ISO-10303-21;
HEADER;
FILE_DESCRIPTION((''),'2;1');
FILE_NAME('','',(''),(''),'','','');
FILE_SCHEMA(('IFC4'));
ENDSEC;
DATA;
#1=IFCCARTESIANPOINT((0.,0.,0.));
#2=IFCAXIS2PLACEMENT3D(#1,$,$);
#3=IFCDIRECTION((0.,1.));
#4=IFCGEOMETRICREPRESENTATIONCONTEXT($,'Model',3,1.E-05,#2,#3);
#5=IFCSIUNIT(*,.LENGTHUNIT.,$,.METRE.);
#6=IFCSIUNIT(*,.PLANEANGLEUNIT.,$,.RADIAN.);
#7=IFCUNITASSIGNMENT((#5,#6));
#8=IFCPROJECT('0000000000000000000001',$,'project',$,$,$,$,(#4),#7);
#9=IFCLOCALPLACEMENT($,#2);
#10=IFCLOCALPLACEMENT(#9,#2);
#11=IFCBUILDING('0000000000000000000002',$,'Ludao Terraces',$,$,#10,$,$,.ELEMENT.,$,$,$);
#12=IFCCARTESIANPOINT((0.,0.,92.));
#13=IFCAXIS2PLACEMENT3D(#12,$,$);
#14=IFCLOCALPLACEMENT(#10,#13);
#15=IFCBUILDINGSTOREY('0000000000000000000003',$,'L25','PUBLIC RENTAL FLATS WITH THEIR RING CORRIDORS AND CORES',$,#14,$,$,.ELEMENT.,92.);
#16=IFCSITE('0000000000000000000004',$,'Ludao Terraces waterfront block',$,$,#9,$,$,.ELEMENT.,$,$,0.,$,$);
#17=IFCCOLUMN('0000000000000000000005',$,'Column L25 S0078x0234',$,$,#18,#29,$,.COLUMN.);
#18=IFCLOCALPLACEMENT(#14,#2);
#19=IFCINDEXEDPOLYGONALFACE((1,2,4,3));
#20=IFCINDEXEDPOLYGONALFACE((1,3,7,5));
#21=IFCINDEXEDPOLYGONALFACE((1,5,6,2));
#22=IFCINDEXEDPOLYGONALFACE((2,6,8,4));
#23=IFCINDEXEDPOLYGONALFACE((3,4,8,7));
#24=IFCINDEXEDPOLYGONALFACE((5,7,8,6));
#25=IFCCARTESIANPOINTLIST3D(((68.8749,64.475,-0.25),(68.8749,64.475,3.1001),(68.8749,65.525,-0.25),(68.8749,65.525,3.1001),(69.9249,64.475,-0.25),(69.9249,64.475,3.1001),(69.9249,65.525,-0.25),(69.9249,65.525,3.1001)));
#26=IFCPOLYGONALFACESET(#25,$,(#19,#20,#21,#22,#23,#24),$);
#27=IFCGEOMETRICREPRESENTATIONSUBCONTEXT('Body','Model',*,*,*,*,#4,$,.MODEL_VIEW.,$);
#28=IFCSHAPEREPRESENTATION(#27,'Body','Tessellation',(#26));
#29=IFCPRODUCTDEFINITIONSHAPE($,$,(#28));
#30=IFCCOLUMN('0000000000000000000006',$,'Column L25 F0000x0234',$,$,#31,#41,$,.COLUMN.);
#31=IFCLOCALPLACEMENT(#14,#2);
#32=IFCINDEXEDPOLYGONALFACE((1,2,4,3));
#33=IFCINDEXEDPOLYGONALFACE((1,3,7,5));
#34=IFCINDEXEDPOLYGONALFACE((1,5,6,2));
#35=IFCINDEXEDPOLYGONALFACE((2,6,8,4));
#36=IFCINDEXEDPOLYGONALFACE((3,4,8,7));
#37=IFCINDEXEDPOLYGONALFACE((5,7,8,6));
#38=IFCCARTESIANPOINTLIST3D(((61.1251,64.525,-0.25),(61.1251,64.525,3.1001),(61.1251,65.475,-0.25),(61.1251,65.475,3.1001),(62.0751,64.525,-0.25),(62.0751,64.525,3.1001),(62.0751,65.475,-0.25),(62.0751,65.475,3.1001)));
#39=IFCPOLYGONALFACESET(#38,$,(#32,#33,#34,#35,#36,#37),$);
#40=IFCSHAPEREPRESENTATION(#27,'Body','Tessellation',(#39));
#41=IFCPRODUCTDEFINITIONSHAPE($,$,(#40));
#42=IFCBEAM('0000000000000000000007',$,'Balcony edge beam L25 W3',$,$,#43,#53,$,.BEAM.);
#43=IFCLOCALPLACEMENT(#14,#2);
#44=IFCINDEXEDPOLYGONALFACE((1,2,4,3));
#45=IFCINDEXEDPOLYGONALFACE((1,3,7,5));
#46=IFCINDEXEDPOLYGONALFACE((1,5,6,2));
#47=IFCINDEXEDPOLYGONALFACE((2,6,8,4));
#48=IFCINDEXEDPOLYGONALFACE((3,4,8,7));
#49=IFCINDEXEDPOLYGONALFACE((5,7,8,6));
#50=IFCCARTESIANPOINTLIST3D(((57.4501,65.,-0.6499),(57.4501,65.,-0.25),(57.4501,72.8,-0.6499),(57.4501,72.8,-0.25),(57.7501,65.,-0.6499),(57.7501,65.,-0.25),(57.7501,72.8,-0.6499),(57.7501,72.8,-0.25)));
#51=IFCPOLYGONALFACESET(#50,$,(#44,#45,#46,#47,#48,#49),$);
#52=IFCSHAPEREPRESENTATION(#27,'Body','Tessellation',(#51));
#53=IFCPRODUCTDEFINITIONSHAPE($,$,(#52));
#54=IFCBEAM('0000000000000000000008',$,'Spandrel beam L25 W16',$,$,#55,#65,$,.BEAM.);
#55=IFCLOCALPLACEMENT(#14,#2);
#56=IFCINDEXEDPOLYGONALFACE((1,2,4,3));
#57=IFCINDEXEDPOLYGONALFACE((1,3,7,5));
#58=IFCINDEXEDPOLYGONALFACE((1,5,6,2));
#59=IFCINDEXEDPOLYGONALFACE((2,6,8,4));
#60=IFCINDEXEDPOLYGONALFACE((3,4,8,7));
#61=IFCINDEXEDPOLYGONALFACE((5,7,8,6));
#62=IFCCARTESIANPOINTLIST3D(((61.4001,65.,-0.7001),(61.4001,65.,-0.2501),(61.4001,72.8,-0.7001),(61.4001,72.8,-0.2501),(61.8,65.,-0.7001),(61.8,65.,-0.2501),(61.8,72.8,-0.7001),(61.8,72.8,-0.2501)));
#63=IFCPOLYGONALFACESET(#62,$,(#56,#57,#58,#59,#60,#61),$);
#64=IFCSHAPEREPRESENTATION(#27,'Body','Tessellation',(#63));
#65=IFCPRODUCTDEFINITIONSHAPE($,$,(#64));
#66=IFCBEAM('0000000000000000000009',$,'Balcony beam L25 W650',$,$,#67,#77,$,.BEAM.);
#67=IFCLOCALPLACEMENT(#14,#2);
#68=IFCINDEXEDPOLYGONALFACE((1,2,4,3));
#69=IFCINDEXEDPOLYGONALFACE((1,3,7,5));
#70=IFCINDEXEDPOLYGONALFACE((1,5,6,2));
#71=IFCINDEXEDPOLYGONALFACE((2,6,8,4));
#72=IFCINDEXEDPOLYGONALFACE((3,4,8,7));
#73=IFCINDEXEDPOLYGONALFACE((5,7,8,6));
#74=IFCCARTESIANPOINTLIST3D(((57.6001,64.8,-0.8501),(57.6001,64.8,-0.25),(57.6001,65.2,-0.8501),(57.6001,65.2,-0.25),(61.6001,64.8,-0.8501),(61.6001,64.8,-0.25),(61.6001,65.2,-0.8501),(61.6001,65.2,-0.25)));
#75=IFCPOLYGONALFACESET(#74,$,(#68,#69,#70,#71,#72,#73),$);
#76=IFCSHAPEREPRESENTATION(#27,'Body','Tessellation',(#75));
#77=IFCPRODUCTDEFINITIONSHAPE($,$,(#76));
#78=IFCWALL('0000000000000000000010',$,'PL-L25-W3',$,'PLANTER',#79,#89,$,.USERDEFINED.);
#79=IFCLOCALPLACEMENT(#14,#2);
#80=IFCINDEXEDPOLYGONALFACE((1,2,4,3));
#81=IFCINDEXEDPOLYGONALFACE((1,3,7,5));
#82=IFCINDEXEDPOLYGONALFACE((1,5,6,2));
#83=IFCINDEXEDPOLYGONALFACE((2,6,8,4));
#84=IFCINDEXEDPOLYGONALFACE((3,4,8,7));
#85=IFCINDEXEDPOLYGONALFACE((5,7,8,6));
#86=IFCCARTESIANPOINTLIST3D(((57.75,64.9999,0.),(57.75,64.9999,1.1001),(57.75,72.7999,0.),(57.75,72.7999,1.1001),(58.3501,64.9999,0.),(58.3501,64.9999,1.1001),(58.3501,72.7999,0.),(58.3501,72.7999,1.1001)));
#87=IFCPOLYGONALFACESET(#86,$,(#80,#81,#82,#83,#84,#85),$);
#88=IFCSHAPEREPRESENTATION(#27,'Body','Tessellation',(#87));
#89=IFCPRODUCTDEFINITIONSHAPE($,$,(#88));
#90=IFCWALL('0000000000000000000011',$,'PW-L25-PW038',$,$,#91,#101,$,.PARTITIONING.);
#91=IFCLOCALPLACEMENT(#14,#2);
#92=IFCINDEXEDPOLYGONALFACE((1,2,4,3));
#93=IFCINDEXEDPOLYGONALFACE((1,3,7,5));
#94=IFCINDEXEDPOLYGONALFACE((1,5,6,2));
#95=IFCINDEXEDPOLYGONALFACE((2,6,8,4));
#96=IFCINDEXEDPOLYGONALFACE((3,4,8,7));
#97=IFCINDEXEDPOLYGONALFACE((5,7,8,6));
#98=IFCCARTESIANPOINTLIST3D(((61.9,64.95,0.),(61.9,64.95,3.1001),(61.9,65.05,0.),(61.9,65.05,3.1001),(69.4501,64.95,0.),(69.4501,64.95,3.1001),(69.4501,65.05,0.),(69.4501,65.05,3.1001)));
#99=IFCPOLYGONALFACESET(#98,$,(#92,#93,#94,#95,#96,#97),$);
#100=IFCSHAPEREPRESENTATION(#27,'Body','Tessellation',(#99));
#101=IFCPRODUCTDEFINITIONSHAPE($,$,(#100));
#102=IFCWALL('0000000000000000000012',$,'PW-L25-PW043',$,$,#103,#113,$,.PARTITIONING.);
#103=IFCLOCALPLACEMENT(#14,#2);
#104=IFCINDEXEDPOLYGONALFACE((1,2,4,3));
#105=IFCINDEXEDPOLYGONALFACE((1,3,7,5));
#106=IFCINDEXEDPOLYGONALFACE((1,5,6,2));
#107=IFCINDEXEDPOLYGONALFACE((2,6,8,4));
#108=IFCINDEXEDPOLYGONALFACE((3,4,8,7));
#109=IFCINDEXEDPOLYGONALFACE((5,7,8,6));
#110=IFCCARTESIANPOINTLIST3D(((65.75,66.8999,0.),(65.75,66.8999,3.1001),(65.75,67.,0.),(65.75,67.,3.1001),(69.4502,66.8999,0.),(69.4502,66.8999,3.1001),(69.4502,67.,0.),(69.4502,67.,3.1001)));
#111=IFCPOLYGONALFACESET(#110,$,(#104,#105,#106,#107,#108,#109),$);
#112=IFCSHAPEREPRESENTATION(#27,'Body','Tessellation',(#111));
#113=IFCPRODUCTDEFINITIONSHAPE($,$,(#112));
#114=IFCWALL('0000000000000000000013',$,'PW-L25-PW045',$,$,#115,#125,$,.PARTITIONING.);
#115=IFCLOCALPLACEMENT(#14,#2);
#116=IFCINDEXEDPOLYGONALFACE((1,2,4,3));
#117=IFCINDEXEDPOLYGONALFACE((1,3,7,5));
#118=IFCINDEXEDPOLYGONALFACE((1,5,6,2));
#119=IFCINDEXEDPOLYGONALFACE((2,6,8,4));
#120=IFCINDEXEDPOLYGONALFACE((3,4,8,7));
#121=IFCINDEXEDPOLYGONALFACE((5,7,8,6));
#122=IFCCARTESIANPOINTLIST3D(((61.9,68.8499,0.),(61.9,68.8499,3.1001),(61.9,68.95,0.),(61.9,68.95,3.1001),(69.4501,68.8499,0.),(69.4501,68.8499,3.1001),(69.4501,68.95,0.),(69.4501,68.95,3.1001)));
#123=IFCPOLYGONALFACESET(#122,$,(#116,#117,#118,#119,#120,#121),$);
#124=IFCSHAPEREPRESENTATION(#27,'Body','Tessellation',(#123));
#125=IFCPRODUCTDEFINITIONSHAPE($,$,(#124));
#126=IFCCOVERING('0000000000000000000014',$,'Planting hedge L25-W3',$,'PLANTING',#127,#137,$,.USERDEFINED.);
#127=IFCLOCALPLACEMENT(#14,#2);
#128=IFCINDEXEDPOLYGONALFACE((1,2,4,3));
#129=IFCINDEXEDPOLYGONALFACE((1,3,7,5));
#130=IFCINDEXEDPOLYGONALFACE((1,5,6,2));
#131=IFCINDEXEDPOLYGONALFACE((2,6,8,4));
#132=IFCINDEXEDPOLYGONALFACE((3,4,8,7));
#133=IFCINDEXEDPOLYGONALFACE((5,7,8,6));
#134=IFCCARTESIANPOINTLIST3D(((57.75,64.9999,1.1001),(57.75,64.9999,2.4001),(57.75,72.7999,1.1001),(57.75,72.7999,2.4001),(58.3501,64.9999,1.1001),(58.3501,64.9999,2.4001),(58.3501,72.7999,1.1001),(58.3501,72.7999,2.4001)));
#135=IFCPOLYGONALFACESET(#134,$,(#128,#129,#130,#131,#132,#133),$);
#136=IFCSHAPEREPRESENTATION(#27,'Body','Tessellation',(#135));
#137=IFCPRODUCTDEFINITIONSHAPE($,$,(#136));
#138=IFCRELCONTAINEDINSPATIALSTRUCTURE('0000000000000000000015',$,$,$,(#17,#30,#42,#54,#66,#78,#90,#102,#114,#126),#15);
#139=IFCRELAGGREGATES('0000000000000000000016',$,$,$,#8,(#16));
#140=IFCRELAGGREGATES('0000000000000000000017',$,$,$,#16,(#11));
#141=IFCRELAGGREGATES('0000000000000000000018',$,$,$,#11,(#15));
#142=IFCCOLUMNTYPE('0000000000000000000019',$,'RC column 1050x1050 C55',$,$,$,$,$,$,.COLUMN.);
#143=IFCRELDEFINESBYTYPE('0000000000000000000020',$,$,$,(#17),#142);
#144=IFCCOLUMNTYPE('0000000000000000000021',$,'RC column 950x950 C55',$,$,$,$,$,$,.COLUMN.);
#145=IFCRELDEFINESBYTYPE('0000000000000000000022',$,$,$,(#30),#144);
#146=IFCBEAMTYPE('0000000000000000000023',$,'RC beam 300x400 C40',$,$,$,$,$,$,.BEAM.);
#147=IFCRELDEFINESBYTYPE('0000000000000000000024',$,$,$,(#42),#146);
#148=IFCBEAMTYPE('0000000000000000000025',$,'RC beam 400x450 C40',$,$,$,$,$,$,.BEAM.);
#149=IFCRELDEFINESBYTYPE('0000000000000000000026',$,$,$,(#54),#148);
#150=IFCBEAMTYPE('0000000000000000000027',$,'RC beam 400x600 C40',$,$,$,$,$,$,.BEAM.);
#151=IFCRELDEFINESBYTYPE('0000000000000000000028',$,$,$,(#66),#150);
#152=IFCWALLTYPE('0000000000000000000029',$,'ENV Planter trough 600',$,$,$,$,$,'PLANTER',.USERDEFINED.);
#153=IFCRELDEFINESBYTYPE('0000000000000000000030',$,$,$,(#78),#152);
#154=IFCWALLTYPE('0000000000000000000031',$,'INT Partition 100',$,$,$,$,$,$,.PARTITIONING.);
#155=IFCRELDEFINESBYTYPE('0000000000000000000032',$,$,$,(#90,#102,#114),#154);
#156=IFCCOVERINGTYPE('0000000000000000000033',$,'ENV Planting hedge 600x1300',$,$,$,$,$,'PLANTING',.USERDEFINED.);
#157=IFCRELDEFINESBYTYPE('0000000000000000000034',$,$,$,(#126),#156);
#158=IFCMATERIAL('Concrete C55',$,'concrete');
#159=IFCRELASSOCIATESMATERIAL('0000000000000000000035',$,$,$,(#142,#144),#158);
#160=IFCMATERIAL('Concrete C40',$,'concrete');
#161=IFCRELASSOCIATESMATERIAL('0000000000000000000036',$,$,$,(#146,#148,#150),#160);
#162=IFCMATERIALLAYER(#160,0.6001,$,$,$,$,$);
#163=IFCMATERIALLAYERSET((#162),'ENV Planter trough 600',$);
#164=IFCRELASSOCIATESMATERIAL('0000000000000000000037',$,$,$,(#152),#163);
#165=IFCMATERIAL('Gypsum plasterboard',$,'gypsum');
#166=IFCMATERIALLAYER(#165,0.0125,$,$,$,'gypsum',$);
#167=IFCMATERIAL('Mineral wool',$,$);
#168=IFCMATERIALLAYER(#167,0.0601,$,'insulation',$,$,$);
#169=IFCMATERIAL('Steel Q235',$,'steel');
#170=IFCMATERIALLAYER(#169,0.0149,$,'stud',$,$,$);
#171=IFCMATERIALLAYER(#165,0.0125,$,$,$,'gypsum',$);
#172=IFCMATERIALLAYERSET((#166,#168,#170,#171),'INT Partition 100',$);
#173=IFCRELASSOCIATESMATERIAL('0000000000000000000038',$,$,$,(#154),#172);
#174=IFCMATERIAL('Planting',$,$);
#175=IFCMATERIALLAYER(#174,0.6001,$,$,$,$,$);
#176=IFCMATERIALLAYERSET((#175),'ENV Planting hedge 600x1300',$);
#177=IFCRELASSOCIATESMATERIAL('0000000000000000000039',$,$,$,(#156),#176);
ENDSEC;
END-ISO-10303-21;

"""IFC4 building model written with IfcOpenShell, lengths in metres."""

from ifc_helpers import new_model, si_unit, direction, frame, frame_2d, origin, origin_2d, place, context, subcontext, project, spatial, rectangle, extrude, material, layer, layer_set, material_profile, profile_set, type_object, element, save


model = new_model("IFC4")

# Units and contexts
model_context = context("Model", 3, precision=1e-05, world=origin(), true_north=direction((0.0, 1.0)))
body_context = subcontext(model_context, "Body", "Model", "MODEL_VIEW")
ifc_project = project(units=[si_unit("LENGTHUNIT", "METRE"), si_unit("PLANEANGLEUNIT", "RADIAN")], contexts=[model_context])

# Site, building, storey
site_placement = place(None, origin())
site = spatial("IfcSite", under=ifc_project, at=site_placement, Name="Ludao Terraces waterfront block", CompositionType="ELEMENT", RefElevation=0.0)
building_placement = place(site_placement, origin())
building = spatial("IfcBuilding", under=site, at=building_placement, Name="Ludao Terraces", CompositionType="ELEMENT")
storey_placement = place(building_placement, frame((0.0, 0.0, 92.0)))
storey = spatial("IfcBuildingStorey", under=building, at=storey_placement, Name="L25", Description="PUBLIC RENTAL FLATS WITH THEIR RING CORRIDORS AND CORES", CompositionType="ELEMENT", Elevation=92.0)

# Columns
ifc_material_1 = material(Name="Concrete C55", Category="concrete")
ifc_material_profile_1 = material_profile(ifc_material_1, rectangle(XDim=1.05, YDim=1.05, at=origin_2d()), Name="1050 X 1050")
ifc_profile_set_1 = profile_set([ifc_material_profile_1], Name="Concrete C55")
column_type_1 = type_object("IfcColumnType", Name="RC column 1050x1050 C55", PredefinedType="COLUMN", material=ifc_profile_set_1)
column_1_placement = place(storey_placement, frame((69.3999, 65.0, -0.25), z_axis=(0.0, 0.0, 1.0), x_axis=(1.0, 0.0, 0.0)))
element("IfcColumn", 1, at=column_1_placement, inside=storey, type_object=column_type_1, Name="Column L25 S0078x0234", PredefinedType="COLUMN", context=body_context, shape_type="SweptSolid", body=[
    extrude(rectangle(XDim=1.05, YDim=1.05, at=origin_2d()), origin(), (0.0, 0.0, 1.0), 3.3501),
])
ifc_material_profile_2 = material_profile(ifc_material_1, rectangle(XDim=0.95, YDim=0.95, at=origin_2d()), Name="950 X 950")
ifc_profile_set_2 = profile_set([ifc_material_profile_2], Name="Concrete C55")
column_type_2 = type_object("IfcColumnType", Name="RC column 950x950 C55", PredefinedType="COLUMN", material=ifc_profile_set_2)
column_2_placement = place(storey_placement, frame((61.6001, 65.0, -0.25), z_axis=(0.0, 0.0, 1.0), x_axis=(1.0, 0.0, 0.0)))
element("IfcColumn", 2, at=column_2_placement, inside=storey, type_object=column_type_2, Name="Column L25 F0000x0234", PredefinedType="COLUMN", context=body_context, shape_type="SweptSolid", body=[
    extrude(rectangle(XDim=0.95, YDim=0.95, at=origin_2d()), origin(), (0.0, 0.0, 1.0), 3.3501),
])

# Beams
ifc_material_2 = material(Name="Concrete C40", Category="concrete")
ifc_material_profile_3 = material_profile(ifc_material_2, rectangle(XDim=0.3, YDim=0.3999, at=origin_2d()), Name="300 X 400")
ifc_profile_set_3 = profile_set([ifc_material_profile_3], Name="Concrete C40")
beam_type_1 = type_object("IfcBeamType", Name="RC beam 300x400 C40", PredefinedType="BEAM", material=ifc_profile_set_3)
beam_1_placement = place(storey_placement, frame((57.6001, 65.0, -0.45), z_axis=(0.0, 1.0, 0.0), x_axis=(-1.0, 0.0, 0.0)))
element("IfcBeam", 3, at=beam_1_placement, inside=storey, type_object=beam_type_1, Name="Balcony edge beam L25 W3", PredefinedType="BEAM", context=body_context, shape_type="SweptSolid", body=[
    extrude(rectangle(XDim=0.3, YDim=0.3999, at=origin_2d()), origin(), (0.0, 0.0, 1.0), 7.8),
])
ifc_material_profile_4 = material_profile(ifc_material_2, rectangle(XDim=0.3999, YDim=0.45, at=origin_2d()), Name="400 X 450")
ifc_profile_set_4 = profile_set([ifc_material_profile_4], Name="Concrete C40")
beam_type_2 = type_object("IfcBeamType", Name="RC beam 400x450 C40", PredefinedType="BEAM", material=ifc_profile_set_4)
beam_2_placement = place(storey_placement, frame((61.6001, 65.0, -0.4751), z_axis=(0.0, 1.0, 0.0), x_axis=(-1.0, 0.0, 0.0)))
element("IfcBeam", 4, at=beam_2_placement, inside=storey, type_object=beam_type_2, Name="Spandrel beam L25 W16", PredefinedType="BEAM", context=body_context, shape_type="SweptSolid", body=[
    extrude(rectangle(XDim=0.3999, YDim=0.45, at=origin_2d()), origin(), (0.0, 0.0, 1.0), 7.8),
])
ifc_material_profile_5 = material_profile(ifc_material_2, rectangle(XDim=0.3999, YDim=0.6001, at=origin_2d()), Name="400 X 600")
ifc_profile_set_5 = profile_set([ifc_material_profile_5], Name="Concrete C40")
beam_type_3 = type_object("IfcBeamType", Name="RC beam 400x600 C40", PredefinedType="BEAM", material=ifc_profile_set_5)
beam_3_placement = place(storey_placement, frame((61.6001, 65.0, -0.55), z_axis=(-1.0, 0.0, 0.0), x_axis=(0.0, -1.0, 0.0)))
element("IfcBeam", 5, at=beam_3_placement, inside=storey, type_object=beam_type_3, Name="Balcony beam L25 W650", PredefinedType="BEAM", context=body_context, shape_type="SweptSolid", body=[
    extrude(rectangle(XDim=0.3999, YDim=0.6001, at=origin_2d()), origin(), (0.0, 0.0, 1.0), 4.0),
])

# Wall
ifc_layer_1 = layer(ifc_material_2, 0.6001)
ifc_layer_set_1 = layer_set([ifc_layer_1], Name="ENV Planter trough 600")
wall_type_1 = type_object("IfcWallType", Name="ENV Planter trough 600", ElementType="PLANTER", PredefinedType="USERDEFINED", material=ifc_layer_set_1)
wall_1_placement = place(storey_placement, frame((58.05, 65.0, 0.0), z_axis=(0.0, 0.0, 1.0), x_axis=(0.0, 1.0, 0.0)))
element("IfcWall", 6, at=wall_1_placement, inside=storey, type_object=wall_type_1, Name="PL-L25-W3", ObjectType="PLANTER", PredefinedType="USERDEFINED", context=body_context, shape_type="SweptSolid", body=[
    extrude(rectangle(XDim=7.8, YDim=0.6001, at=frame_2d((3.8999, 0.0))), origin(), (0.0, 0.0, 1.0), 1.1001),
])

# Shared definitions
ifc_material_3 = material(Name="Mineral wool")

# Walls
ifc_material_4 = material(Name="Gypsum plasterboard", Category="gypsum")
ifc_layer_2 = layer(ifc_material_4, 0.0125, Category="gypsum")
ifc_layer_3 = layer(ifc_material_3, 0.0601, Name="insulation")
ifc_material_5 = material(Name="Steel Q235", Category="steel")
ifc_layer_4 = layer(ifc_material_5, 0.0149, Name="stud")
ifc_layer_5 = layer(ifc_material_4, 0.0125, Category="gypsum")
ifc_layer_set_2 = layer_set([ifc_layer_2, ifc_layer_3, ifc_layer_4, ifc_layer_5], Name="INT Partition 100")
wall_type_2 = type_object("IfcWallType", Name="INT Partition 100", PredefinedType="PARTITIONING", material=ifc_layer_set_2)
wall_2_placement = place(storey_placement, frame((61.9001, 65.0, 0.0), z_axis=(0.0, 0.0, 1.0), x_axis=(1.0, 0.0, 0.0)))
element("IfcWall", 7, at=wall_2_placement, inside=storey, type_object=wall_type_2, Name="PW-L25-PW038", PredefinedType="PARTITIONING", context=body_context, shape_type="SweptSolid", body=[
    extrude(rectangle(XDim=7.55, YDim=0.1001, at=frame_2d((3.7749, 0.0))), origin(), (0.0, 0.0, 1.0), 3.1001),
])
wall_3_placement = place(storey_placement, frame((65.75, 66.95, 0.0), z_axis=(0.0, 0.0, 1.0), x_axis=(1.0, 0.0, 0.0)))
element("IfcWall", 8, at=wall_3_placement, inside=storey, type_object=wall_type_2, Name="PW-L25-PW043", PredefinedType="PARTITIONING", context=body_context, shape_type="SweptSolid", body=[
    extrude(rectangle(XDim=3.7002, YDim=0.1001, at=frame_2d((1.8501, 0.0))), origin(), (0.0, 0.0, 1.0), 3.1001),
])
wall_4_placement = place(storey_placement, frame((61.9001, 68.8999, 0.0), z_axis=(0.0, 0.0, 1.0), x_axis=(1.0, 0.0, 0.0)))
element("IfcWall", 9, at=wall_4_placement, inside=storey, type_object=wall_type_2, Name="PW-L25-PW045", PredefinedType="PARTITIONING", context=body_context, shape_type="SweptSolid", body=[
    extrude(rectangle(XDim=7.55, YDim=0.1001, at=frame_2d((3.7749, 0.0))), origin(), (0.0, 0.0, 1.0), 3.1001),
])

# Covering
ifc_material_6 = material(Name="Planting")
ifc_layer_6 = layer(ifc_material_6, 0.6001)
ifc_layer_set_3 = layer_set([ifc_layer_6], Name="ENV Planting hedge 600x1300")
covering_type = type_object("IfcCoveringType", Name="ENV Planting hedge 600x1300", ElementType="PLANTING", PredefinedType="USERDEFINED", material=ifc_layer_set_3)
covering_placement = place(storey_placement, frame((58.05, 68.8999, 1.1001), z_axis=(0.0, 0.0, 1.0), x_axis=(1.0, 0.0, 0.0)))
element("IfcCovering", 10, at=covering_placement, inside=storey, type_object=covering_type, Name="Planting hedge L25-W3", ObjectType="PLANTING", PredefinedType="USERDEFINED", context=body_context, shape_type="SweptSolid", body=[
    extrude(rectangle(XDim=0.6001, YDim=7.8, at=origin_2d()), origin(), (0.0, 0.0, 1.0), 1.3),
])

save(model, "model.ifc")
